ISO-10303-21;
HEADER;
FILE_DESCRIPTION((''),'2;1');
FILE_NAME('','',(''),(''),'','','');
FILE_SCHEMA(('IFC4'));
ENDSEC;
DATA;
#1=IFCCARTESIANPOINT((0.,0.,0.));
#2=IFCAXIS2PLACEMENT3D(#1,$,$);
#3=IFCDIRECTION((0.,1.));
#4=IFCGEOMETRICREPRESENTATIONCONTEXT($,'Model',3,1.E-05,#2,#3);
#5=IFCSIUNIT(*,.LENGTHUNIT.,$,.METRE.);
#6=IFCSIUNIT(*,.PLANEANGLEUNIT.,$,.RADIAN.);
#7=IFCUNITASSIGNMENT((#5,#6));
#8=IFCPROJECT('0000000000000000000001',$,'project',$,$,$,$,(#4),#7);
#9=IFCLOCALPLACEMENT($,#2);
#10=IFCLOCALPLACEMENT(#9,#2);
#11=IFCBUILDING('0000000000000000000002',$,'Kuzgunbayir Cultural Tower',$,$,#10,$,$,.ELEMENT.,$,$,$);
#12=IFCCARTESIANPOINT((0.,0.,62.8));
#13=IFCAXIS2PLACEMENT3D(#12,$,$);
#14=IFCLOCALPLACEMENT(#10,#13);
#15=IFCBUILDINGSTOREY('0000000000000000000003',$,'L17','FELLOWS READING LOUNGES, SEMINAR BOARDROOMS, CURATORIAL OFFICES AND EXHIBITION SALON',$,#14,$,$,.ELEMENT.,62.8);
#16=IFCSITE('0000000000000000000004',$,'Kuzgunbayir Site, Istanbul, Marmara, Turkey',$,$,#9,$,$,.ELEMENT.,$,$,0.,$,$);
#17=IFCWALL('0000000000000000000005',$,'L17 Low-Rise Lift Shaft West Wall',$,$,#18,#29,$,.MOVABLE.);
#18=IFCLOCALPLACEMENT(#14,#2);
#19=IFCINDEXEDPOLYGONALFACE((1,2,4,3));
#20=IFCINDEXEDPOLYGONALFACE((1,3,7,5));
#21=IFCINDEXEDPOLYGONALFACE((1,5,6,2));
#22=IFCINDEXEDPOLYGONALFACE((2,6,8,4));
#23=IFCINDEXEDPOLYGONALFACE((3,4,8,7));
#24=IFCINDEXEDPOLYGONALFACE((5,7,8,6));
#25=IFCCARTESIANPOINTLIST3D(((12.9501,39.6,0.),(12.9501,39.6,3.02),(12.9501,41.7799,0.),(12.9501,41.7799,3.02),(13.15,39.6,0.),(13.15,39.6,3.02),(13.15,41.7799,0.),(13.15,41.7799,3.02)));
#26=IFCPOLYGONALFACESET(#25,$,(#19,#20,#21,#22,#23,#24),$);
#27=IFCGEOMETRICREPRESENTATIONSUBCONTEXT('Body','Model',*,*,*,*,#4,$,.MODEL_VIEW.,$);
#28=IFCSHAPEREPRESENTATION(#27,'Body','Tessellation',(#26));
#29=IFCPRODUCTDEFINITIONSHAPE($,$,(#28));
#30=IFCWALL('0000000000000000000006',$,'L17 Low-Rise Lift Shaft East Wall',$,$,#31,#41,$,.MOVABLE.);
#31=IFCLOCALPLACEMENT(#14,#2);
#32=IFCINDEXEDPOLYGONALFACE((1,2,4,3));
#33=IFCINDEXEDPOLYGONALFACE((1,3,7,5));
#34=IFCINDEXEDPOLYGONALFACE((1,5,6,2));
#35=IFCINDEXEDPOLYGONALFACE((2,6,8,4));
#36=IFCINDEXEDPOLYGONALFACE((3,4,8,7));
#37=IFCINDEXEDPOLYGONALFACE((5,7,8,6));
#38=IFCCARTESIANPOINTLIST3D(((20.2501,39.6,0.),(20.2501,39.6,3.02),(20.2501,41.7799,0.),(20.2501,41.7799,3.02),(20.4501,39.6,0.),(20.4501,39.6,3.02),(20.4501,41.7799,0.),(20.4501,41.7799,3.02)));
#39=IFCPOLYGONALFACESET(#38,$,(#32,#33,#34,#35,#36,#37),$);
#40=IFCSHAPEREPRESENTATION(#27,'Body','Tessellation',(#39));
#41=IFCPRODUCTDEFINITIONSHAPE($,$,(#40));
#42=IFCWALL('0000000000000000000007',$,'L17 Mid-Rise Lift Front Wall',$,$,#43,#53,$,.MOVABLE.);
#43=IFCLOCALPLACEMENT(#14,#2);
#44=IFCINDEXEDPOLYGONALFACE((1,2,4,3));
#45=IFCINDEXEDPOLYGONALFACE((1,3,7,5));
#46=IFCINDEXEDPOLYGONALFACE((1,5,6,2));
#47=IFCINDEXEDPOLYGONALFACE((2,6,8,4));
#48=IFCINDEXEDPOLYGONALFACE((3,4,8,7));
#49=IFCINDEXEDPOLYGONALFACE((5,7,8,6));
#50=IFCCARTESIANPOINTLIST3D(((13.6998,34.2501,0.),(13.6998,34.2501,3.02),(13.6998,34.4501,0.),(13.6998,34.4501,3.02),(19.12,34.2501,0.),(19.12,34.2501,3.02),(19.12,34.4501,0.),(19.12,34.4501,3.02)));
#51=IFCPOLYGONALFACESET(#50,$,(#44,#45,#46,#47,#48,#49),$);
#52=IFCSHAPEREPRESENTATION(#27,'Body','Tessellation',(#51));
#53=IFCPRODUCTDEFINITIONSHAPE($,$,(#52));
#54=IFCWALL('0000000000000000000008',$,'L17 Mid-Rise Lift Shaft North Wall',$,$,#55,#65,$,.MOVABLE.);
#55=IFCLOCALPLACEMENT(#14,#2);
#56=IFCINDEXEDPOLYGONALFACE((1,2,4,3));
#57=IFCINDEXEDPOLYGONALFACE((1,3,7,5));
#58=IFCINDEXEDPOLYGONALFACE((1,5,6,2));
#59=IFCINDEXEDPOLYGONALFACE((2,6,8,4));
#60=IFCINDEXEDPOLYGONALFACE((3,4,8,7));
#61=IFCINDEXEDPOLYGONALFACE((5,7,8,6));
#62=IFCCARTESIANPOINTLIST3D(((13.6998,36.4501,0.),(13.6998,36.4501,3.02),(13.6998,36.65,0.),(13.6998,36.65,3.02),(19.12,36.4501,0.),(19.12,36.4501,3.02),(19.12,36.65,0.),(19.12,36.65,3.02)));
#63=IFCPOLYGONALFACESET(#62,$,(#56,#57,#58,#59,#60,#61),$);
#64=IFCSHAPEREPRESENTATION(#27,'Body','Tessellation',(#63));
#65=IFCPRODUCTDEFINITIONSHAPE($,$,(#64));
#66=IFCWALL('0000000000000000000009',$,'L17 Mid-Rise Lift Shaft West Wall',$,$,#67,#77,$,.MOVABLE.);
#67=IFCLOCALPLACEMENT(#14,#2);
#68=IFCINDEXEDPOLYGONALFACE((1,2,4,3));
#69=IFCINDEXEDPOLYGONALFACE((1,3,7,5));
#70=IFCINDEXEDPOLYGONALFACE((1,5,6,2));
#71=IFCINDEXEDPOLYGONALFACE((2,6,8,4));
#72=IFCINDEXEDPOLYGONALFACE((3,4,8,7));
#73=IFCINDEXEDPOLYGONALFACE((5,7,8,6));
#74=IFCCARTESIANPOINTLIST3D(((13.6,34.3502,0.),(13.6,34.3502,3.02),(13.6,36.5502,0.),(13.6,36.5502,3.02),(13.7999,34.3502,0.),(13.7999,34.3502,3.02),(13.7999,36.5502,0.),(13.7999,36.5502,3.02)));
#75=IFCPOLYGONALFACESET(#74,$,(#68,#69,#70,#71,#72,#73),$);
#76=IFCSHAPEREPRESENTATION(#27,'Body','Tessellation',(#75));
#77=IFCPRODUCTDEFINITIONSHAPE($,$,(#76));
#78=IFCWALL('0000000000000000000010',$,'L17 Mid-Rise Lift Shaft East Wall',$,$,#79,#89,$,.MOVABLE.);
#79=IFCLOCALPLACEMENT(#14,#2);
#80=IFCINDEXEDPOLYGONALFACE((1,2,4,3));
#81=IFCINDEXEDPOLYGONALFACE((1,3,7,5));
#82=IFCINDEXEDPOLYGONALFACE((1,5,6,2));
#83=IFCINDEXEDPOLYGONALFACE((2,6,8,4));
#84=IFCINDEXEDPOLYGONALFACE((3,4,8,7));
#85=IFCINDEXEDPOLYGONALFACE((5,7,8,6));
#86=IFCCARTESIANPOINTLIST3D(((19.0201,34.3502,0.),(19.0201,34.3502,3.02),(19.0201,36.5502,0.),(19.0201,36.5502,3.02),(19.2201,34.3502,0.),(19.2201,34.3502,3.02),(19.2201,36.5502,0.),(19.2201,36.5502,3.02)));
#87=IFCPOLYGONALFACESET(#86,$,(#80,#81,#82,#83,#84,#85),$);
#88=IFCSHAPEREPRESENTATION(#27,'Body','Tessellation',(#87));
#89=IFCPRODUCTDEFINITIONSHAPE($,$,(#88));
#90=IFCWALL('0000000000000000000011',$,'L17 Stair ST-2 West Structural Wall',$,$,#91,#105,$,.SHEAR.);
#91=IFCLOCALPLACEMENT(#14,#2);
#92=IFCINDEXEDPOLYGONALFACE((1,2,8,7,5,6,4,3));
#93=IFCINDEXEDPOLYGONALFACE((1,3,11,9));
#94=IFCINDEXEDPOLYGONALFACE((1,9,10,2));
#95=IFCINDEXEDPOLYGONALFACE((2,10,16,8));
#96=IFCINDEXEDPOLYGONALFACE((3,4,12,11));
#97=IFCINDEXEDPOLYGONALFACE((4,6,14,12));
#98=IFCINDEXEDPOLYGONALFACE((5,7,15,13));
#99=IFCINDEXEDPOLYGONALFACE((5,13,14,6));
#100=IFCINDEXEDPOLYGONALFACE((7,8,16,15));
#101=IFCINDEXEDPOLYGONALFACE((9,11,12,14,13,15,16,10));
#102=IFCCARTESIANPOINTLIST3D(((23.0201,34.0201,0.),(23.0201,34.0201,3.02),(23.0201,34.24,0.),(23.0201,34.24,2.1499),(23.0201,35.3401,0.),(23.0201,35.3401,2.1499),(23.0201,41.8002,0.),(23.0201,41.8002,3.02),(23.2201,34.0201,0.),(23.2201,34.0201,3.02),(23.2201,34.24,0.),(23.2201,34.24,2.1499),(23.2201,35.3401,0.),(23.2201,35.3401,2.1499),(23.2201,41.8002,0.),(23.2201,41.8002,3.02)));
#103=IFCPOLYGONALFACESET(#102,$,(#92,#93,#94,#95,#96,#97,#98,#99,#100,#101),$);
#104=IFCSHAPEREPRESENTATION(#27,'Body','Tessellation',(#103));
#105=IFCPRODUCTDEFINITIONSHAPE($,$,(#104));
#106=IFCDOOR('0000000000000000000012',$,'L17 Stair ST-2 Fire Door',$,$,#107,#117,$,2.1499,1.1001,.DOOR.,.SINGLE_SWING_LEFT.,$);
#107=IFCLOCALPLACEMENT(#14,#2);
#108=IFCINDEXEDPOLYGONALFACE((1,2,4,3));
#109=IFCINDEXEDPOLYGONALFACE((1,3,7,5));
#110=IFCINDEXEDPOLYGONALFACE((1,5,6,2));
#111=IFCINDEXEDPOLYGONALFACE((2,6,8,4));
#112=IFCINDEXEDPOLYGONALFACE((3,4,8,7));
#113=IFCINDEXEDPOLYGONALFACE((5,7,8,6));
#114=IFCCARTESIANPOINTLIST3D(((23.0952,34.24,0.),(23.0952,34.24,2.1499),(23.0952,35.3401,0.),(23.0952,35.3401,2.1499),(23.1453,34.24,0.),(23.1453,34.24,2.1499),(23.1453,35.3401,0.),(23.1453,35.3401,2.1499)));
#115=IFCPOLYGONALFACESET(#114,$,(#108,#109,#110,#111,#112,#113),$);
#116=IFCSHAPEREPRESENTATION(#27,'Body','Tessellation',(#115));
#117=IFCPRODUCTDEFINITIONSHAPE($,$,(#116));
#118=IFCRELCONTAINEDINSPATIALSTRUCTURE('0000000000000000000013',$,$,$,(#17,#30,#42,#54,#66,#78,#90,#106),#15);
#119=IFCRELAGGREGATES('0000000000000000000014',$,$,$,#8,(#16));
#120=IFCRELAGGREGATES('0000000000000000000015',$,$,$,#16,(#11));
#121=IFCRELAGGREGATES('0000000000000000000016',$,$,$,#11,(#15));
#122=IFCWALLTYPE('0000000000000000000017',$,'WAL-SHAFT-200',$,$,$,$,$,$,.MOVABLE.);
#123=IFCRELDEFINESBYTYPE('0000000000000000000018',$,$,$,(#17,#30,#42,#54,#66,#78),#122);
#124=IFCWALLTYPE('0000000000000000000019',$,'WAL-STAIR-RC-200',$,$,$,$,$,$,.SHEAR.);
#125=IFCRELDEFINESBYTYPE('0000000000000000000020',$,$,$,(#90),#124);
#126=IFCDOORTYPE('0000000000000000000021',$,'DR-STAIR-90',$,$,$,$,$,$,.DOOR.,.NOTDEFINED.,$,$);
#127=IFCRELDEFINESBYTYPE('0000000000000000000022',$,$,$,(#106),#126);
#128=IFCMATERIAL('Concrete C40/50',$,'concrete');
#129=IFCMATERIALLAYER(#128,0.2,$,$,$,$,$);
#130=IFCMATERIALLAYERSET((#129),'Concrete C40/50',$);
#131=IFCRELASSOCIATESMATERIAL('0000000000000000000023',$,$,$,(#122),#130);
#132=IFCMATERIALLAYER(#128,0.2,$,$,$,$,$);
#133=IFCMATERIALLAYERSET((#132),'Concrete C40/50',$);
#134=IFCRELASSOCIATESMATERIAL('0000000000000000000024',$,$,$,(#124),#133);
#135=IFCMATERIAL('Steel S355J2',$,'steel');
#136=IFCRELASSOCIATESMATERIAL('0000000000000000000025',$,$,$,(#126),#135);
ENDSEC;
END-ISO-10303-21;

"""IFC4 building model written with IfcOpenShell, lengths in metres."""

from ifc_helpers import new_model, si_unit, direction, frame, frame_2d, origin, place, context, subcontext, project, spatial, rectangle, extrude, material, layer, layer_set, type_object, element, fill, save


model = new_model("IFC4")

# Units and contexts
model_context = context("Model", 3, precision=1e-05, world=origin(), true_north=direction((0.0, 1.0)))
body_context = subcontext(model_context, "Body", "Model", "MODEL_VIEW")
ifc_project = project(units=[si_unit("LENGTHUNIT", "METRE"), si_unit("PLANEANGLEUNIT", "RADIAN")], contexts=[model_context])

# Site, building, storey
site_placement = place(None, origin())
site = spatial("IfcSite", under=ifc_project, at=site_placement, Name="Kuzgunbayir Site, Istanbul, Marmara, Turkey", CompositionType="ELEMENT", RefElevation=0.0)
building_placement = place(site_placement, origin())
building = spatial("IfcBuilding", under=site, at=building_placement, Name="Kuzgunbayir Cultural Tower", CompositionType="ELEMENT")
storey_placement = place(building_placement, frame((0.0, 0.0, 62.8)))
storey = spatial("IfcBuildingStorey", under=building, at=storey_placement, Name="L17", Description="FELLOWS READING LOUNGES, SEMINAR BOARDROOMS, CURATORIAL OFFICES AND EXHIBITION SALON", CompositionType="ELEMENT", Elevation=62.8)

# Shared definitions
ifc_material_1 = material(Name="Steel S355J2", Category="steel")

# Shared definitions
ifc_material_2 = material(Name="Concrete C40/50", Category="concrete")
ifc_layer_1 = layer(ifc_material_2, 0.2)
ifc_layer_set_1 = layer_set([ifc_layer_1], Name="Concrete C40/50")
wall_type_1 = type_object("IfcWallType", Name="WAL-SHAFT-200", PredefinedType="MOVABLE", material=ifc_layer_set_1)

# Walls
for number, where, z_axis, x_axis, name in (
    (1, (13.05, 39.6001, 0.0), (0.0, 0.0, 1.0), (0.0, 1.0, 0.0), "L17 Low-Rise Lift Shaft West Wall"),
    (2, (20.3501, 39.6001, 0.0), (0.0, 0.0, 1.0), (0.0, 1.0, 0.0), "L17 Low-Rise Lift Shaft East Wall"),
):
    element("IfcWall", number, at=place(storey_placement, frame(where, z_axis=z_axis, x_axis=x_axis)), inside=storey, type_object=wall_type_1, Name=name, PredefinedType="MOVABLE", context=body_context, shape_type="SweptSolid", body=[
        extrude(rectangle(XDim=2.1799, YDim=0.2, at=frame_2d((1.0898, 0.0))), origin(), (0.0, 0.0, 1.0), 3.02),
    ])
for number, where, z_axis, x_axis, name in (
    (3, (13.7, 34.3501, 0.0), (0.0, 0.0, 1.0), (1.0, 0.0, 0.0), "L17 Mid-Rise Lift Front Wall"),
    (4, (13.7, 36.55, 0.0), (0.0, 0.0, 1.0), (1.0, 0.0, 0.0), "L17 Mid-Rise Lift Shaft North Wall"),
):
    element("IfcWall", number, at=place(storey_placement, frame(where, z_axis=z_axis, x_axis=x_axis)), inside=storey, type_object=wall_type_1, Name=name, PredefinedType="MOVABLE", context=body_context, shape_type="SweptSolid", body=[
        extrude(rectangle(XDim=5.4202, YDim=0.2, at=frame_2d((2.71, 0.0))), origin(), (0.0, 0.0, 1.0), 3.02),
    ])
for number, where, z_axis, x_axis, name in (
    (5, (13.7, 34.3501, 0.0), (0.0, 0.0, 1.0), (0.0, 1.0, 0.0), "L17 Mid-Rise Lift Shaft West Wall"),
    (6, (19.1201, 34.3501, 0.0), (0.0, 0.0, 1.0), (0.0, 1.0, 0.0), "L17 Mid-Rise Lift Shaft East Wall"),
):
    element("IfcWall", number, at=place(storey_placement, frame(where, z_axis=z_axis, x_axis=x_axis)), inside=storey, type_object=wall_type_1, Name=name, PredefinedType="MOVABLE", context=body_context, shape_type="SweptSolid", body=[
        extrude(rectangle(XDim=2.2, YDim=0.2, at=frame_2d((1.1001, 0.0))), origin(), (0.0, 0.0, 1.0), 3.02),
    ])

# Wall, opening, door
ifc_layer_2 = layer(ifc_material_2, 0.2)
ifc_layer_set_2 = layer_set([ifc_layer_2], Name="Concrete C40/50")
wall_type_2 = type_object("IfcWallType", Name="WAL-STAIR-RC-200", PredefinedType="SHEAR", material=ifc_layer_set_2)
wall_1_placement = place(storey_placement, frame((23.1201, 34.02, 0.0), z_axis=(0.0, 0.0, 1.0), x_axis=(0.0, 1.0, 0.0)))
wall_1 = element("IfcWall", 7, at=wall_1_placement, inside=storey, type_object=wall_type_2, Name="L17 Stair ST-2 West Structural Wall", PredefinedType="SHEAR", context=body_context, shape_type="SweptSolid", body=[
    extrude(rectangle(XDim=7.78, YDim=0.2, at=frame_2d((3.8901, 0.0))), origin(), (0.0, 0.0, 1.0), 3.02),
])
opening_1_placement = place(wall_1_placement, frame((0.22, 0.0, 0.0)))
opening_1 = element("IfcOpeningElement", 8, at=opening_1_placement, cuts=wall_1, PredefinedType="OPENING", context=body_context, shape_type="SweptSolid", body=[
    extrude(rectangle(XDim=1.1001, YDim=2.1499, at=frame_2d((0.55, 1.075))), frame((0.0, 0.1099, 0.0), z_axis=(0.0, -1.0, 0.0), x_axis=(1.0, 0.0, 0.0)), (0.0, 0.0, 1.0), 0.22),
])
door_type_1 = type_object("IfcDoorType", Name="DR-STAIR-90", OperationType="NOTDEFINED", PredefinedType="DOOR", material=ifc_material_1)
door_1_placement = place(opening_1_placement, origin())
door_1 = element("IfcDoor", 9, at=door_1_placement, inside=storey, type_object=door_type_1, Name="L17 Stair ST-2 Fire Door", OperationType="SINGLE_SWING_LEFT", OverallHeight=2.1499, OverallWidth=1.1001, PredefinedType="DOOR", context=body_context, shape_type="SweptSolid", body=[
    extrude(rectangle(XDim=1.1001, YDim=2.1499, at=frame_2d((0.55, 1.075))), frame((0.0, 0.0249, 0.0), z_axis=(0.0, -1.0, 0.0), x_axis=(1.0, 0.0, 0.0)), (0.0, 0.0, 1.0), 0.05),
])
fill(opening_1, door_1)

save(model, "model.ifc")
